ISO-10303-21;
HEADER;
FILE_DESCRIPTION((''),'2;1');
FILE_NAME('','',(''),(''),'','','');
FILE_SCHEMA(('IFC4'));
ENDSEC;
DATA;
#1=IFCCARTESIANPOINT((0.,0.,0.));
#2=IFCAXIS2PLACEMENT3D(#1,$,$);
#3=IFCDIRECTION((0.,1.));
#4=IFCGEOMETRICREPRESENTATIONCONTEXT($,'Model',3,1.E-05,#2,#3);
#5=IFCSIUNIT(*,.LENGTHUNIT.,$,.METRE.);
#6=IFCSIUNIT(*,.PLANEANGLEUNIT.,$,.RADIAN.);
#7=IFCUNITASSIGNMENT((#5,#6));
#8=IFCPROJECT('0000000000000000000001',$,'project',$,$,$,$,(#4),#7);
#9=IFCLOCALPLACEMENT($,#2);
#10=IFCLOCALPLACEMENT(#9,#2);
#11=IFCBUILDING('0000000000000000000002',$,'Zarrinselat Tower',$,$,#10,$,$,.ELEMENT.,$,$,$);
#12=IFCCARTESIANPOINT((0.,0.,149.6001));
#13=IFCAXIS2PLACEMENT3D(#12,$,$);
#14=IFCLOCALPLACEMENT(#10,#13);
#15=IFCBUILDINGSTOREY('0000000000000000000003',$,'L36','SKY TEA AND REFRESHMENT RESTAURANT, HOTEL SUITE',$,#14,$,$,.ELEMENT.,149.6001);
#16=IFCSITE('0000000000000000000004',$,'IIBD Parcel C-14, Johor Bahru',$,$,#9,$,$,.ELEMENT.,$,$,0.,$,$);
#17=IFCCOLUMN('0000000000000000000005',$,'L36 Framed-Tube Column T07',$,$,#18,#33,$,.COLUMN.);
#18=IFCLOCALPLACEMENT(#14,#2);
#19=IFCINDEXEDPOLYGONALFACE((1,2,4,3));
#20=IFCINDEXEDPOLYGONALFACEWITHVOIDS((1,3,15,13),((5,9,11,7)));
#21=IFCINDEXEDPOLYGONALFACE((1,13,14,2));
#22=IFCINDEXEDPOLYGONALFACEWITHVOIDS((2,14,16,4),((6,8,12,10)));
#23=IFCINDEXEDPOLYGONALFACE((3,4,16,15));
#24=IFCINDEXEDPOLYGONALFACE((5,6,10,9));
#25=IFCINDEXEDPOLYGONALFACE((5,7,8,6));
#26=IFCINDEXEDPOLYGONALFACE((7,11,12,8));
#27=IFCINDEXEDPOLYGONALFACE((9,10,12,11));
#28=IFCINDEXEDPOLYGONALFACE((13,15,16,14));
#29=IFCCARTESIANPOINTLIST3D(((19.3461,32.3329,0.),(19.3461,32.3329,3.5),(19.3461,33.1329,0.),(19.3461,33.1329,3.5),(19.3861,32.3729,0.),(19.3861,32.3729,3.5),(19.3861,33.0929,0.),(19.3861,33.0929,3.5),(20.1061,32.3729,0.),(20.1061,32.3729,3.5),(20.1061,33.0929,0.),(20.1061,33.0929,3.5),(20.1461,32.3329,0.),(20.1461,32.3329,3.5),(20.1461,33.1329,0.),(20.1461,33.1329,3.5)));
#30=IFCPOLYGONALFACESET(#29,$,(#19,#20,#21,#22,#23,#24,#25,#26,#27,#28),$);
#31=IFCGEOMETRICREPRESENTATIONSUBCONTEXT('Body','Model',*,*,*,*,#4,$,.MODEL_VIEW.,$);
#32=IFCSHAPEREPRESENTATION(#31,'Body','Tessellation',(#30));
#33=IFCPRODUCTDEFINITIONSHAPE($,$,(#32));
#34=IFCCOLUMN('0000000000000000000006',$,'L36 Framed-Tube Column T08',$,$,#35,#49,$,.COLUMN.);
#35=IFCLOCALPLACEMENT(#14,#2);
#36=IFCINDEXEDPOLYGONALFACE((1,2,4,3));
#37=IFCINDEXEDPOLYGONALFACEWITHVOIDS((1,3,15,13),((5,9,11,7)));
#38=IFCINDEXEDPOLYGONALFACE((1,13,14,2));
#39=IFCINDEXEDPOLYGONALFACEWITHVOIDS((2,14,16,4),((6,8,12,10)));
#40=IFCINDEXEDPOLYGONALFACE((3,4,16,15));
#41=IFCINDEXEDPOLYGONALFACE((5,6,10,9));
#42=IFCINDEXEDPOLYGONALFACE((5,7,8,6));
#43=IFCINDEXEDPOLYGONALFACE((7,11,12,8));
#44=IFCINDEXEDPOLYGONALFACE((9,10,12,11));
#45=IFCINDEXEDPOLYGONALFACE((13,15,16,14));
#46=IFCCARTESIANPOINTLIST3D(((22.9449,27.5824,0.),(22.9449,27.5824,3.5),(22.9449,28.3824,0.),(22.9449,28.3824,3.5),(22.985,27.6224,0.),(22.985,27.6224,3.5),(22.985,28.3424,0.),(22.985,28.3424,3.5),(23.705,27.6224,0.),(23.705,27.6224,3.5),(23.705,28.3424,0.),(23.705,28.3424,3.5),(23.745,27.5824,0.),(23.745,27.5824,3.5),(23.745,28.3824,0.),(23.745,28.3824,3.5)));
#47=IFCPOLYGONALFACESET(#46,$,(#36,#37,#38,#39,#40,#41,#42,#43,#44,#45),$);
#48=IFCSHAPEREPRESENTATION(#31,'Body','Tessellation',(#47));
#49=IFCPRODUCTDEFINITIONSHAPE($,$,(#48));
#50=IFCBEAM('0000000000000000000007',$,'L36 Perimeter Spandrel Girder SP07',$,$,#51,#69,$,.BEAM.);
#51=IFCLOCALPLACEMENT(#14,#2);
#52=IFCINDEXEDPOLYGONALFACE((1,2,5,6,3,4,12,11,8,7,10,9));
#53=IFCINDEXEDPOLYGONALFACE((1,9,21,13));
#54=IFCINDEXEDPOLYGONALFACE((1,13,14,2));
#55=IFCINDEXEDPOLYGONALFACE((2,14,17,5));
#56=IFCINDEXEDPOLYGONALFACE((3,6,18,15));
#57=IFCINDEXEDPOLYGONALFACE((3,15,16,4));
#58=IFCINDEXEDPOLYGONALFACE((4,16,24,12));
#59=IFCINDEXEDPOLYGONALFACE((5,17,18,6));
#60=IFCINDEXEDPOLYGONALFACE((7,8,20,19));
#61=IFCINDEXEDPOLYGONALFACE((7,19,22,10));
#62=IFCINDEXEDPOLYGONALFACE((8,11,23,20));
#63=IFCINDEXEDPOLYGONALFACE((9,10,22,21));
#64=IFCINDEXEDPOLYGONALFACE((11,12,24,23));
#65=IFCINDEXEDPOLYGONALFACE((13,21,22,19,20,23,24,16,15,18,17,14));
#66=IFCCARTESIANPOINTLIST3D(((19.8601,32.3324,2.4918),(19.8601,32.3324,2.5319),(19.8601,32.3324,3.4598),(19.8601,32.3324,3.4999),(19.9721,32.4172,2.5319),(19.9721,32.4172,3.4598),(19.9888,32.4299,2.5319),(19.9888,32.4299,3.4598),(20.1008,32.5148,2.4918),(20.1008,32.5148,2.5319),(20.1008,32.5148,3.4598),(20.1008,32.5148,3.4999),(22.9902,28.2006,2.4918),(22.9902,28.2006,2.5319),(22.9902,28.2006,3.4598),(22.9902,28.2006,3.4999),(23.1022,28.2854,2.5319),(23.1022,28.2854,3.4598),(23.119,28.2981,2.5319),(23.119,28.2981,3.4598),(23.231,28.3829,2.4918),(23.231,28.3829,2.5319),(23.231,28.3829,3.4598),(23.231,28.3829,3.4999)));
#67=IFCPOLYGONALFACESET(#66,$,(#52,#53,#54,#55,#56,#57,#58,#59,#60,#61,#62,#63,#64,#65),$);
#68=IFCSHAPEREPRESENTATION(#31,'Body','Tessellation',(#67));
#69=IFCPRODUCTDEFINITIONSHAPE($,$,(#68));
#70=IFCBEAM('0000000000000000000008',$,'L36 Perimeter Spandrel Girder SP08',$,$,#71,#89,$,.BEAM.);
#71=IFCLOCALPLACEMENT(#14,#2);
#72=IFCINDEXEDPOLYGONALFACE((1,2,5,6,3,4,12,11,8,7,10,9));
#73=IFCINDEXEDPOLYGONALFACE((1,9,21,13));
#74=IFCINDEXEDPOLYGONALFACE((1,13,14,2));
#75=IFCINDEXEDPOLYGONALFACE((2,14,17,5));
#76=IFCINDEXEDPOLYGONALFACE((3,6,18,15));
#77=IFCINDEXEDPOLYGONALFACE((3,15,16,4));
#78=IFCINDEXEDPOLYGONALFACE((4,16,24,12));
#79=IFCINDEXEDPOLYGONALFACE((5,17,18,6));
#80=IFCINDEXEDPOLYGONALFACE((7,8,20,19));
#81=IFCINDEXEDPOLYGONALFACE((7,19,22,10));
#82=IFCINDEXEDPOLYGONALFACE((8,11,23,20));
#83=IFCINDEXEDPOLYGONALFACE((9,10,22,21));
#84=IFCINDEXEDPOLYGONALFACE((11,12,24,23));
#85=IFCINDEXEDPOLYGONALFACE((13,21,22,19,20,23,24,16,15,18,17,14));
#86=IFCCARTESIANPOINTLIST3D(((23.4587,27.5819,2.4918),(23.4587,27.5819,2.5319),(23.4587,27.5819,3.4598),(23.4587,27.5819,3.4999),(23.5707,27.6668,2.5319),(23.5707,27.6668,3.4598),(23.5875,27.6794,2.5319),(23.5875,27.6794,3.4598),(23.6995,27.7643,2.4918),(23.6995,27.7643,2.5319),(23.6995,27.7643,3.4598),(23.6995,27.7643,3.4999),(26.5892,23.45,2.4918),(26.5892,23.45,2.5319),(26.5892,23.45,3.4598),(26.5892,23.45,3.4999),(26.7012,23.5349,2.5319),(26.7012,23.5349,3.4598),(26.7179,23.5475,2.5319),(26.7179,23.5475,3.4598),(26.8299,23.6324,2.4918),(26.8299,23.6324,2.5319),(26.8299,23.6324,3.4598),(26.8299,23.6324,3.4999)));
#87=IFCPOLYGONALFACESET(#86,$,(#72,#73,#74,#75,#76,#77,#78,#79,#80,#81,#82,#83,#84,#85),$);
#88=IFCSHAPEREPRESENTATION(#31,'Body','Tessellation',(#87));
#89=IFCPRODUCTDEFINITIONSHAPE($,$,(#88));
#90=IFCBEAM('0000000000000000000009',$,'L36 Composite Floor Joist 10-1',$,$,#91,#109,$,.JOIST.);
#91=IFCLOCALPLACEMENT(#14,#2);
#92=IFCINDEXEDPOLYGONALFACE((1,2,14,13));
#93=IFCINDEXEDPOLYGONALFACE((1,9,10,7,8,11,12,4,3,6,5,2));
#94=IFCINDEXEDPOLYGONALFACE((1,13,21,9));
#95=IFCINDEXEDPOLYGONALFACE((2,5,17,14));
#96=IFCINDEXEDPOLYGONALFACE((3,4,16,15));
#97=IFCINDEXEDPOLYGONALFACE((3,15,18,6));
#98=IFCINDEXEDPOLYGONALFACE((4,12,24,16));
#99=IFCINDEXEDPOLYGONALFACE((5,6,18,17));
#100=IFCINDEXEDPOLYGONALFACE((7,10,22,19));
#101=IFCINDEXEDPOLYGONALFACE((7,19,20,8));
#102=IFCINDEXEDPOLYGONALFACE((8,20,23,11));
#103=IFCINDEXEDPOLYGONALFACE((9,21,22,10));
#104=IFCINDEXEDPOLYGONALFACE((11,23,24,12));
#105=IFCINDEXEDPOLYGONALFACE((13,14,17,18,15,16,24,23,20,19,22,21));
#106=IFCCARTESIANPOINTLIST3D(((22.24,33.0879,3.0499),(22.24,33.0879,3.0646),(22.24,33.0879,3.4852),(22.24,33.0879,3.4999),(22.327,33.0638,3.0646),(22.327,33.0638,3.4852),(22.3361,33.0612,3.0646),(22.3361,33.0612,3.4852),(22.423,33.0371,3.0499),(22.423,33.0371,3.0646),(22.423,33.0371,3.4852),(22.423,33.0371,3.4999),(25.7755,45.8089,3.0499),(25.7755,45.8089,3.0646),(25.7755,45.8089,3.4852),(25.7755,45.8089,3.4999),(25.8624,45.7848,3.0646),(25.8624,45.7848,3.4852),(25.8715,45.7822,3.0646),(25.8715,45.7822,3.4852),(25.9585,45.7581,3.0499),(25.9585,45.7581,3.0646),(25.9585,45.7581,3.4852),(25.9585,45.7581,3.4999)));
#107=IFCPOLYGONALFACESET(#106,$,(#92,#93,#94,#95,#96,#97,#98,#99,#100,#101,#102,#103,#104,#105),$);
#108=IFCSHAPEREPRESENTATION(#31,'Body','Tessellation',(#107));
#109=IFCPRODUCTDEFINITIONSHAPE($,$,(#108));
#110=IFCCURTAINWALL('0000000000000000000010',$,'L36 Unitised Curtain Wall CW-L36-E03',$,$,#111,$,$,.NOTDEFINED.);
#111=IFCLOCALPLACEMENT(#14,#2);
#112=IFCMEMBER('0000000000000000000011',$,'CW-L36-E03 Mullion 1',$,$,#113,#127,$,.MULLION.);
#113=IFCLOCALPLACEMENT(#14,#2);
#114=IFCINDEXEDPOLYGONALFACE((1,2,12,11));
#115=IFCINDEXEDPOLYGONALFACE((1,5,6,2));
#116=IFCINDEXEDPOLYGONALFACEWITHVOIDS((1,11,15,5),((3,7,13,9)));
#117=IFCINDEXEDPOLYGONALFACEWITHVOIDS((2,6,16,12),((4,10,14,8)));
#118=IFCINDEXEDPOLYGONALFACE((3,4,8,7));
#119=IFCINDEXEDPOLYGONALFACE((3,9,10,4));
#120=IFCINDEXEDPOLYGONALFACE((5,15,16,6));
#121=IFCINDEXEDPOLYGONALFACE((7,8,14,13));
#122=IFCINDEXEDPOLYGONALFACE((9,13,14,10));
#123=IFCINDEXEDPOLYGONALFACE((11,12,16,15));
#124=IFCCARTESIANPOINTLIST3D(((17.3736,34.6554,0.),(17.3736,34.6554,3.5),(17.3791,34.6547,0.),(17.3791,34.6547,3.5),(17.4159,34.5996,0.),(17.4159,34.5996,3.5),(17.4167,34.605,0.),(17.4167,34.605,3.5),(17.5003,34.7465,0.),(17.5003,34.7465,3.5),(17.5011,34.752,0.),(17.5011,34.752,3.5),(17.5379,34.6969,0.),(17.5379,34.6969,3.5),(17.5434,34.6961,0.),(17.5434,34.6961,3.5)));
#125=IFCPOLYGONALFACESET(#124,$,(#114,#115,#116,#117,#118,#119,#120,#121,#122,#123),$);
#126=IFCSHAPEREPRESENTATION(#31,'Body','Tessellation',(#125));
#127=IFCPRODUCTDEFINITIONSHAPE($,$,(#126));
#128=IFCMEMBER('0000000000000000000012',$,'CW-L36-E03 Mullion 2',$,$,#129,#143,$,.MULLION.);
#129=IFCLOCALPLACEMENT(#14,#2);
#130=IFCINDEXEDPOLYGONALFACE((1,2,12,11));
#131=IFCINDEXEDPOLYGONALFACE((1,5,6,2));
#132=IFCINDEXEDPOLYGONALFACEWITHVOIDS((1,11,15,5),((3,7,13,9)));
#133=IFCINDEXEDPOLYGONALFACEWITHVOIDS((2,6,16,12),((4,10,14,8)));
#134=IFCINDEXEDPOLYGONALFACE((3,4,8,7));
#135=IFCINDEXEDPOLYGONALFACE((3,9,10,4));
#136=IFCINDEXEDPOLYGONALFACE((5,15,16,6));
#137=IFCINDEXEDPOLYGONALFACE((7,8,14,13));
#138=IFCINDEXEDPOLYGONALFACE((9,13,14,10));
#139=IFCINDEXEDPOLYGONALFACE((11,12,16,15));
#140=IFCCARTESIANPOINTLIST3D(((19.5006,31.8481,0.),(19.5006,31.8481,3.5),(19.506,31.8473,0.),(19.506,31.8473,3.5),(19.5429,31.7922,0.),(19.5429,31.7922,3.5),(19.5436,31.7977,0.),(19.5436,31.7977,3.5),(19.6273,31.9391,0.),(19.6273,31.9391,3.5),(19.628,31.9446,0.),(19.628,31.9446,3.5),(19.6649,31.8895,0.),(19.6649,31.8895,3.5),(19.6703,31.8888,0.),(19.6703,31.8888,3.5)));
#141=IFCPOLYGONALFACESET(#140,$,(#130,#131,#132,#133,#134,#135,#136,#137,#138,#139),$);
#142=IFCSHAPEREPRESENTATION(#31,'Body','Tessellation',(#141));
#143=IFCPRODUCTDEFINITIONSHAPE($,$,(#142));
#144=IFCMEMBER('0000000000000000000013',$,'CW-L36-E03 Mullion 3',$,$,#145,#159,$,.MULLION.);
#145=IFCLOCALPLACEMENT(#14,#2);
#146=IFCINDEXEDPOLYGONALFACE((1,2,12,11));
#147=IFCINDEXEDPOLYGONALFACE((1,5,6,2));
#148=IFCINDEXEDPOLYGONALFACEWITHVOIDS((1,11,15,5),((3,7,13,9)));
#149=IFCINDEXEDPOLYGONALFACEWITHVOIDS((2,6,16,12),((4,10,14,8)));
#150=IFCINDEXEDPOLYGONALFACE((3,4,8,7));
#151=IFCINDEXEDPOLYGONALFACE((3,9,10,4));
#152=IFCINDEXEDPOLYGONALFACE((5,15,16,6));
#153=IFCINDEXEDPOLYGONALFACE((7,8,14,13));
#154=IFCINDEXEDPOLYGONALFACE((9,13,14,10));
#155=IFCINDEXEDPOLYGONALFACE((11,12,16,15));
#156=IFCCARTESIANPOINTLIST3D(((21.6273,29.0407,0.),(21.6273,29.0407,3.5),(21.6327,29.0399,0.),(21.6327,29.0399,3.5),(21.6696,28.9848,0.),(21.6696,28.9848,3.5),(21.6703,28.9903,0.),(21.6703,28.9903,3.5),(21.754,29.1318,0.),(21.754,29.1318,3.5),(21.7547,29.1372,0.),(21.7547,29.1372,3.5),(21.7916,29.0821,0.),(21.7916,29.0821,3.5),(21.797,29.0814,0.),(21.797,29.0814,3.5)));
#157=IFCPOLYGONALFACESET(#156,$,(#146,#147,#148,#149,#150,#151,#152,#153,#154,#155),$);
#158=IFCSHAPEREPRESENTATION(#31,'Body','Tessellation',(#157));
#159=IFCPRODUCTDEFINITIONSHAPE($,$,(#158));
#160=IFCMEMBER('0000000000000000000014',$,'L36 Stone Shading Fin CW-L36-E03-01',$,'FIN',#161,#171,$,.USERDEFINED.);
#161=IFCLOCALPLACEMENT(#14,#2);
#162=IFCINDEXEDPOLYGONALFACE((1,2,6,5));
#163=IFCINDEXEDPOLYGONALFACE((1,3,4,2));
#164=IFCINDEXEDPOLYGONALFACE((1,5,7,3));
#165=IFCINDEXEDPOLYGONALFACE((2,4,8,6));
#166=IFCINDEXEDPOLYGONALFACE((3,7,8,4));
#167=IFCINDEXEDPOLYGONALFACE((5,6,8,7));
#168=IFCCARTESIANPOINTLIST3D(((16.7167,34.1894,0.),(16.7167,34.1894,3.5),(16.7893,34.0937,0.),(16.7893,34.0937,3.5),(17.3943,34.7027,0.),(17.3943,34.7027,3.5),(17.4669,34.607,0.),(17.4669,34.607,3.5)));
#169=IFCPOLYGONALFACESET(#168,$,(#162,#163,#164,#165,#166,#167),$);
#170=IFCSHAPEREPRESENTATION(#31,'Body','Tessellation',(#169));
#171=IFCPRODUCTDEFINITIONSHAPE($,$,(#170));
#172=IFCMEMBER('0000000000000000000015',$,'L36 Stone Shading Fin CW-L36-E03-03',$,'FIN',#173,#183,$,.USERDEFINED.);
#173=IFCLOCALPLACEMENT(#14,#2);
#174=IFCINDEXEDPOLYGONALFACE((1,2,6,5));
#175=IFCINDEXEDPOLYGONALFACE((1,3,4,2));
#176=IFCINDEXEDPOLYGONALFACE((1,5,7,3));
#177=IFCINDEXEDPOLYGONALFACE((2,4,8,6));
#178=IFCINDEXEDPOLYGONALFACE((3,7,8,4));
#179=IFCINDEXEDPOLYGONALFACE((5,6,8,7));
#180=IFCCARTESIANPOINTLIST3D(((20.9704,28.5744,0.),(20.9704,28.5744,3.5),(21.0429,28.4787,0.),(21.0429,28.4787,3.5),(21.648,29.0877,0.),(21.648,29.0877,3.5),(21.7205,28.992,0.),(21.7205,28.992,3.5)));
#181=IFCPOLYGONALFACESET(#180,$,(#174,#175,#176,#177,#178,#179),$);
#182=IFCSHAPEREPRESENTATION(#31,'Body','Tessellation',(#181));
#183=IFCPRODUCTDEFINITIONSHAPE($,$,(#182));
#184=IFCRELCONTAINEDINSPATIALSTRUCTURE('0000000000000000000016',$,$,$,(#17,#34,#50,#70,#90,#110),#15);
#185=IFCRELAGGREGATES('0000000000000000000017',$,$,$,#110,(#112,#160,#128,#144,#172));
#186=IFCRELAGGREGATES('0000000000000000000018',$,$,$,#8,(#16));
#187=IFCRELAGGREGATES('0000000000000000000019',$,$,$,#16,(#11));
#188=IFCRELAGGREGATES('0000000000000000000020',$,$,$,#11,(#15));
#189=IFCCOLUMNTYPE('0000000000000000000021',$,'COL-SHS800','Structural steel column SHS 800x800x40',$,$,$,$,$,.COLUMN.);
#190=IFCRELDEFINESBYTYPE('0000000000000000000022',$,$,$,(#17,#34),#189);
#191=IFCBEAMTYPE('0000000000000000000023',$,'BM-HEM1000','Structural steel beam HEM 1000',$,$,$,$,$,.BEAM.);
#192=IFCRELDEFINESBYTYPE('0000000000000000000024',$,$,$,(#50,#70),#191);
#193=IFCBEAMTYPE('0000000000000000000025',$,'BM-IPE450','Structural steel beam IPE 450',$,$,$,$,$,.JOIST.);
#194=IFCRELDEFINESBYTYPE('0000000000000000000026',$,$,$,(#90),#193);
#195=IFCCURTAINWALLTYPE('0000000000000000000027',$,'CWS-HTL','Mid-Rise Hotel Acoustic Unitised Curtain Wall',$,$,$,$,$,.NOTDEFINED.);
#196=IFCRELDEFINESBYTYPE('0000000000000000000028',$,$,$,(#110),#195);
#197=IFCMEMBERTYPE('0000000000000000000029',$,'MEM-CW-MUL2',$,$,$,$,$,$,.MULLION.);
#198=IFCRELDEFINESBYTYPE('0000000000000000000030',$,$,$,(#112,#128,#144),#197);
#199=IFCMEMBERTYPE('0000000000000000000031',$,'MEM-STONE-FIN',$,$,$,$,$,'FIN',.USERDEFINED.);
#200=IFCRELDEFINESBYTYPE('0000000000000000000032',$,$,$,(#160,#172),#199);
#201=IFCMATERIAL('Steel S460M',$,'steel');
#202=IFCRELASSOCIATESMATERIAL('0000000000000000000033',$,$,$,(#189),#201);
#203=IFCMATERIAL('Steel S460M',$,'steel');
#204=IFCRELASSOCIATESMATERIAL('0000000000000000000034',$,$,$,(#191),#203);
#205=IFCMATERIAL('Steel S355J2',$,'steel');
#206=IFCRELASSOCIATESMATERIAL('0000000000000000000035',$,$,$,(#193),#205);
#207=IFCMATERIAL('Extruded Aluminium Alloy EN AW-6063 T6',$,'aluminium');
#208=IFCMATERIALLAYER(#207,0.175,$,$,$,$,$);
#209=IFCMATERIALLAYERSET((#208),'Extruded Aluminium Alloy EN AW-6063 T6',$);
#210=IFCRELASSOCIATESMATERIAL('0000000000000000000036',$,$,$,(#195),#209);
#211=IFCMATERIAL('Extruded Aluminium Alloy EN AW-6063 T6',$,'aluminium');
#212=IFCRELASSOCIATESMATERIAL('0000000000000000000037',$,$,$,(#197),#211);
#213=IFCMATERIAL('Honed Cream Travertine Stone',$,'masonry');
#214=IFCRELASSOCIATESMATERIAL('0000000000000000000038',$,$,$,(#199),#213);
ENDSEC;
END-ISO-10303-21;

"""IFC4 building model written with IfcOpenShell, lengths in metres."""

from ifc_helpers import new_model, si_unit, direction, frame, origin, origin_2d, place, context, subcontext, project, spatial, rectangle, hollow_rectangle, i_section, extrude, material, layer, layer_set, material_profile, profile_set, type_object, element, aggregate, save


model = new_model("IFC4")

# Units and contexts
model_context = context("Model", 3, precision=1e-05, world=origin(), true_north=direction((0.0, 1.0)))
body_context = subcontext(model_context, "Body", "Model", "MODEL_VIEW")
ifc_project = project(units=[si_unit("LENGTHUNIT", "METRE"), si_unit("PLANEANGLEUNIT", "RADIAN")], contexts=[model_context])

# Site, building, storey
site_placement = place(None, origin())
site = spatial("IfcSite", under=ifc_project, at=site_placement, Name="IIBD Parcel C-14, Johor Bahru", CompositionType="ELEMENT", RefElevation=0.0)
building_placement = place(site_placement, origin())
building = spatial("IfcBuilding", under=site, at=building_placement, Name="Zarrinselat Tower", CompositionType="ELEMENT")
storey_placement = place(building_placement, frame((0.0, 0.0, 149.6001)))
storey = spatial("IfcBuildingStorey", under=building, at=storey_placement, Name="L36", Description="SKY TEA AND REFRESHMENT RESTAURANT, HOTEL SUITE", CompositionType="ELEMENT", Elevation=149.6001)

# Columns
ifc_material_1 = material(Name="Steel S460M", Category="steel")
ifc_material_profile_1 = material_profile(ifc_material_1, hollow_rectangle(XDim=0.8, YDim=0.8, WallThickness=0.04, at=origin_2d()), Name="SHS 800x800x40")
ifc_profile_set_1 = profile_set([ifc_material_profile_1], Name="Steel S460M")
column_type = type_object("IfcColumnType", Name="COL-SHS800", Description="Structural steel column SHS 800x800x40", PredefinedType="COLUMN", material=ifc_profile_set_1)
for number, where, z_axis, x_axis, name in (
    (1, (19.7461, 32.7329, 0.0), (0.0, 0.0, 1.0), (1.0, 0.0, 0.0), "L36 Framed-Tube Column T07"),
    (2, (23.345, 27.9824, 0.0), (0.0, 0.0, 1.0), (1.0, 0.0, 0.0), "L36 Framed-Tube Column T08"),
):
    element("IfcColumn", number, at=place(storey_placement, frame(where, z_axis=z_axis, x_axis=x_axis)), inside=storey, type_object=column_type, Name=name, PredefinedType="COLUMN", context=body_context, shape_type="SweptSolid", body=[
        extrude(hollow_rectangle(XDim=0.8, YDim=0.8, WallThickness=0.04, at=origin_2d()), origin(), (0.0, 0.0, 1.0), 3.5),
    ])

# Beams
ifc_material_2 = material(Name="Steel S460M", Category="steel")
ifc_material_profile_2 = material_profile(ifc_material_2, i_section(OverallWidth=0.302, OverallDepth=1.0081, WebThickness=0.021, FlangeThickness=0.04, at=origin_2d()), Name="HEM 1000")
ifc_profile_set_2 = profile_set([ifc_material_profile_2], Name="Steel S460M")
beam_type_1 = type_object("IfcBeamType", Name="BM-HEM1000", Description="Structural steel beam HEM 1000", PredefinedType="BEAM", material=ifc_profile_set_2)
beam_1_placement = place(storey_placement, frame((19.9805, 32.4236, 2.9958), z_axis=(0.603851, -0.797097, 0.0), x_axis=(0.797097, 0.603851, 0.0)))
element("IfcBeam", 3, at=beam_1_placement, inside=storey, type_object=beam_type_1, Name="L36 Perimeter Spandrel Girder SP07", PredefinedType="BEAM", context=body_context, shape_type="SweptSolid", body=[
    extrude(i_section(OverallWidth=0.302, OverallDepth=1.0081, WebThickness=0.021, FlangeThickness=0.04, at=origin_2d()), origin(), (0.0, 0.0, 1.0), 5.1836),
])
beam_2_placement = place(storey_placement, frame((23.5791, 27.6731, 2.9958), z_axis=(0.603881, -0.797074, 0.0), x_axis=(0.797074, 0.603881, 0.0)))
element("IfcBeam", 4, at=beam_2_placement, inside=storey, type_object=beam_type_1, Name="L36 Perimeter Spandrel Girder SP08", PredefinedType="BEAM", context=body_context, shape_type="SweptSolid", body=[
    extrude(i_section(OverallWidth=0.302, OverallDepth=1.0081, WebThickness=0.021, FlangeThickness=0.04, at=origin_2d()), origin(), (0.0, 0.0, 1.0), 5.1838),
])
ifc_material_3 = material(Name="Steel S355J2", Category="steel")
ifc_material_profile_3 = material_profile(ifc_material_3, i_section(OverallWidth=0.1899, OverallDepth=0.45, WebThickness=0.0095, FlangeThickness=0.0146, at=origin_2d()), Name="IPE 450")
ifc_profile_set_3 = profile_set([ifc_material_profile_3], Name="Steel S355J2")
beam_type_2 = type_object("IfcBeamType", Name="BM-IPE450", Description="Structural steel beam IPE 450", PredefinedType="JOIST", material=ifc_profile_set_3)
beam_3_placement = place(storey_placement, frame((22.3315, 33.0625, 3.2749), z_axis=(0.267771, 0.963483, 0.0), x_axis=(-0.963483, 0.267771, 0.0)))
element("IfcBeam", 5, at=beam_3_placement, inside=storey, type_object=beam_type_2, Name="L36 Composite Floor Joist 10-1", PredefinedType="JOIST", context=body_context, shape_type="SweptSolid", body=[
    extrude(i_section(OverallWidth=0.1899, OverallDepth=0.45, WebThickness=0.0095, FlangeThickness=0.0146, at=origin_2d()), origin(), (0.0, 0.0, 1.0), 13.2031),
])

# Curtain wall, members
ifc_material_4 = material(Name="Extruded Aluminium Alloy EN AW-6063 T6", Category="aluminium")
ifc_layer_1 = layer(ifc_material_4, 0.175)
ifc_layer_set_1 = layer_set([ifc_layer_1], Name="Extruded Aluminium Alloy EN AW-6063 T6")
curtain_wall_type = type_object("IfcCurtainWallType", Name="CWS-HTL", Description="Mid-Rise Hotel Acoustic Unitised Curtain Wall", PredefinedType="NOTDEFINED", material=ifc_layer_set_1)
curtain_wall_placement = place(storey_placement, origin())
curtain_wall = element("IfcCurtainWall", 6, at=curtain_wall_placement, inside=storey, type_object=curtain_wall_type, Name="L36 Unitised Curtain Wall CW-L36-E03", PredefinedType="NOTDEFINED")
ifc_material_5 = material(Name="Extruded Aluminium Alloy EN AW-6063 T6", Category="aluminium")
ifc_material_profile_4 = material_profile(ifc_material_5, hollow_rectangle(XDim=0.0701, YDim=0.1599, WallThickness=0.0039, at=origin_2d()), Name="RHS 160x70x4")
ifc_profile_set_4 = profile_set([ifc_material_profile_4], Name="Extruded Aluminium Alloy EN AW-6063 T6")
member_type_1 = type_object("IfcMemberType", Name="MEM-CW-MUL2", PredefinedType="MULLION", material=ifc_profile_set_4)
member_1_placement = place(storey_placement, frame((17.4585, 34.6758, 0.0), z_axis=(0.0, 0.0, 1.0), x_axis=(0.603857, -0.797093, 0.0)))
member_1 = element("IfcMember", 7, at=member_1_placement, type_object=member_type_1, Name="CW-L36-E03 Mullion 1", PredefinedType="MULLION", context=body_context, shape_type="SweptSolid", body=[
    extrude(hollow_rectangle(XDim=0.0701, YDim=0.1599, WallThickness=0.0039, at=origin_2d()), origin(), (0.0, 0.0, 1.0), 3.5),
])
member_2_placement = place(storey_placement, frame((19.5854, 31.8684, 0.0), z_axis=(0.0, 0.0, 1.0), x_axis=(0.603857, -0.797093, 0.0)))
member_2 = element("IfcMember", 8, at=member_2_placement, type_object=member_type_1, Name="CW-L36-E03 Mullion 2", PredefinedType="MULLION", context=body_context, shape_type="SweptSolid", body=[
    extrude(hollow_rectangle(XDim=0.0701, YDim=0.1599, WallThickness=0.0039, at=origin_2d()), origin(), (0.0, 0.0, 1.0), 3.5),
])
member_3_placement = place(storey_placement, frame((21.7122, 29.061, 0.0), z_axis=(0.0, 0.0, 1.0), x_axis=(0.603857, -0.797093, 0.0)))
member_3 = element("IfcMember", 9, at=member_3_placement, type_object=member_type_1, Name="CW-L36-E03 Mullion 3", PredefinedType="MULLION", context=body_context, shape_type="SweptSolid", body=[
    extrude(hollow_rectangle(XDim=0.0701, YDim=0.1599, WallThickness=0.0039, at=origin_2d()), origin(), (0.0, 0.0, 1.0), 3.5),
])
ifc_material_6 = material(Name="Honed Cream Travertine Stone", Category="masonry")
ifc_material_profile_5 = material_profile(ifc_material_6, rectangle(XDim=0.1201, YDim=0.8501, at=origin_2d()), Name="FIN 850x120")
ifc_profile_set_5 = profile_set([ifc_material_profile_5], Name="Honed Cream Travertine Stone")
member_type_2 = type_object("IfcMemberType", Name="MEM-STONE-FIN", ElementType="FIN", PredefinedType="USERDEFINED", material=ifc_profile_set_5)
member_4_placement = place(storey_placement, frame((17.0918, 34.3982, 0.0), z_axis=(0.0, 0.0, 1.0), x_axis=(-0.603857, 0.797093, 0.0)))
member_4 = element("IfcMember", 10, at=member_4_placement, type_object=member_type_2, Name="L36 Stone Shading Fin CW-L36-E03-01", ObjectType="FIN", PredefinedType="USERDEFINED", context=body_context, shape_type="SweptSolid", body=[
    extrude(rectangle(XDim=0.1201, YDim=0.8501, at=origin_2d()), origin(), (0.0, 0.0, 1.0), 3.5),
])
member_5_placement = place(storey_placement, frame((21.3455, 28.7832, 0.0), z_axis=(0.0, 0.0, 1.0), x_axis=(-0.603857, 0.797093, 0.0)))
member_5 = element("IfcMember", 11, at=member_5_placement, type_object=member_type_2, Name="L36 Stone Shading Fin CW-L36-E03-03", ObjectType="FIN", PredefinedType="USERDEFINED", context=body_context, shape_type="SweptSolid", body=[
    extrude(rectangle(XDim=0.1201, YDim=0.8501, at=origin_2d()), origin(), (0.0, 0.0, 1.0), 3.5),
])
aggregate(curtain_wall, [member_1, member_4, member_2, member_3, member_5])

save(model, "model.ifc")
